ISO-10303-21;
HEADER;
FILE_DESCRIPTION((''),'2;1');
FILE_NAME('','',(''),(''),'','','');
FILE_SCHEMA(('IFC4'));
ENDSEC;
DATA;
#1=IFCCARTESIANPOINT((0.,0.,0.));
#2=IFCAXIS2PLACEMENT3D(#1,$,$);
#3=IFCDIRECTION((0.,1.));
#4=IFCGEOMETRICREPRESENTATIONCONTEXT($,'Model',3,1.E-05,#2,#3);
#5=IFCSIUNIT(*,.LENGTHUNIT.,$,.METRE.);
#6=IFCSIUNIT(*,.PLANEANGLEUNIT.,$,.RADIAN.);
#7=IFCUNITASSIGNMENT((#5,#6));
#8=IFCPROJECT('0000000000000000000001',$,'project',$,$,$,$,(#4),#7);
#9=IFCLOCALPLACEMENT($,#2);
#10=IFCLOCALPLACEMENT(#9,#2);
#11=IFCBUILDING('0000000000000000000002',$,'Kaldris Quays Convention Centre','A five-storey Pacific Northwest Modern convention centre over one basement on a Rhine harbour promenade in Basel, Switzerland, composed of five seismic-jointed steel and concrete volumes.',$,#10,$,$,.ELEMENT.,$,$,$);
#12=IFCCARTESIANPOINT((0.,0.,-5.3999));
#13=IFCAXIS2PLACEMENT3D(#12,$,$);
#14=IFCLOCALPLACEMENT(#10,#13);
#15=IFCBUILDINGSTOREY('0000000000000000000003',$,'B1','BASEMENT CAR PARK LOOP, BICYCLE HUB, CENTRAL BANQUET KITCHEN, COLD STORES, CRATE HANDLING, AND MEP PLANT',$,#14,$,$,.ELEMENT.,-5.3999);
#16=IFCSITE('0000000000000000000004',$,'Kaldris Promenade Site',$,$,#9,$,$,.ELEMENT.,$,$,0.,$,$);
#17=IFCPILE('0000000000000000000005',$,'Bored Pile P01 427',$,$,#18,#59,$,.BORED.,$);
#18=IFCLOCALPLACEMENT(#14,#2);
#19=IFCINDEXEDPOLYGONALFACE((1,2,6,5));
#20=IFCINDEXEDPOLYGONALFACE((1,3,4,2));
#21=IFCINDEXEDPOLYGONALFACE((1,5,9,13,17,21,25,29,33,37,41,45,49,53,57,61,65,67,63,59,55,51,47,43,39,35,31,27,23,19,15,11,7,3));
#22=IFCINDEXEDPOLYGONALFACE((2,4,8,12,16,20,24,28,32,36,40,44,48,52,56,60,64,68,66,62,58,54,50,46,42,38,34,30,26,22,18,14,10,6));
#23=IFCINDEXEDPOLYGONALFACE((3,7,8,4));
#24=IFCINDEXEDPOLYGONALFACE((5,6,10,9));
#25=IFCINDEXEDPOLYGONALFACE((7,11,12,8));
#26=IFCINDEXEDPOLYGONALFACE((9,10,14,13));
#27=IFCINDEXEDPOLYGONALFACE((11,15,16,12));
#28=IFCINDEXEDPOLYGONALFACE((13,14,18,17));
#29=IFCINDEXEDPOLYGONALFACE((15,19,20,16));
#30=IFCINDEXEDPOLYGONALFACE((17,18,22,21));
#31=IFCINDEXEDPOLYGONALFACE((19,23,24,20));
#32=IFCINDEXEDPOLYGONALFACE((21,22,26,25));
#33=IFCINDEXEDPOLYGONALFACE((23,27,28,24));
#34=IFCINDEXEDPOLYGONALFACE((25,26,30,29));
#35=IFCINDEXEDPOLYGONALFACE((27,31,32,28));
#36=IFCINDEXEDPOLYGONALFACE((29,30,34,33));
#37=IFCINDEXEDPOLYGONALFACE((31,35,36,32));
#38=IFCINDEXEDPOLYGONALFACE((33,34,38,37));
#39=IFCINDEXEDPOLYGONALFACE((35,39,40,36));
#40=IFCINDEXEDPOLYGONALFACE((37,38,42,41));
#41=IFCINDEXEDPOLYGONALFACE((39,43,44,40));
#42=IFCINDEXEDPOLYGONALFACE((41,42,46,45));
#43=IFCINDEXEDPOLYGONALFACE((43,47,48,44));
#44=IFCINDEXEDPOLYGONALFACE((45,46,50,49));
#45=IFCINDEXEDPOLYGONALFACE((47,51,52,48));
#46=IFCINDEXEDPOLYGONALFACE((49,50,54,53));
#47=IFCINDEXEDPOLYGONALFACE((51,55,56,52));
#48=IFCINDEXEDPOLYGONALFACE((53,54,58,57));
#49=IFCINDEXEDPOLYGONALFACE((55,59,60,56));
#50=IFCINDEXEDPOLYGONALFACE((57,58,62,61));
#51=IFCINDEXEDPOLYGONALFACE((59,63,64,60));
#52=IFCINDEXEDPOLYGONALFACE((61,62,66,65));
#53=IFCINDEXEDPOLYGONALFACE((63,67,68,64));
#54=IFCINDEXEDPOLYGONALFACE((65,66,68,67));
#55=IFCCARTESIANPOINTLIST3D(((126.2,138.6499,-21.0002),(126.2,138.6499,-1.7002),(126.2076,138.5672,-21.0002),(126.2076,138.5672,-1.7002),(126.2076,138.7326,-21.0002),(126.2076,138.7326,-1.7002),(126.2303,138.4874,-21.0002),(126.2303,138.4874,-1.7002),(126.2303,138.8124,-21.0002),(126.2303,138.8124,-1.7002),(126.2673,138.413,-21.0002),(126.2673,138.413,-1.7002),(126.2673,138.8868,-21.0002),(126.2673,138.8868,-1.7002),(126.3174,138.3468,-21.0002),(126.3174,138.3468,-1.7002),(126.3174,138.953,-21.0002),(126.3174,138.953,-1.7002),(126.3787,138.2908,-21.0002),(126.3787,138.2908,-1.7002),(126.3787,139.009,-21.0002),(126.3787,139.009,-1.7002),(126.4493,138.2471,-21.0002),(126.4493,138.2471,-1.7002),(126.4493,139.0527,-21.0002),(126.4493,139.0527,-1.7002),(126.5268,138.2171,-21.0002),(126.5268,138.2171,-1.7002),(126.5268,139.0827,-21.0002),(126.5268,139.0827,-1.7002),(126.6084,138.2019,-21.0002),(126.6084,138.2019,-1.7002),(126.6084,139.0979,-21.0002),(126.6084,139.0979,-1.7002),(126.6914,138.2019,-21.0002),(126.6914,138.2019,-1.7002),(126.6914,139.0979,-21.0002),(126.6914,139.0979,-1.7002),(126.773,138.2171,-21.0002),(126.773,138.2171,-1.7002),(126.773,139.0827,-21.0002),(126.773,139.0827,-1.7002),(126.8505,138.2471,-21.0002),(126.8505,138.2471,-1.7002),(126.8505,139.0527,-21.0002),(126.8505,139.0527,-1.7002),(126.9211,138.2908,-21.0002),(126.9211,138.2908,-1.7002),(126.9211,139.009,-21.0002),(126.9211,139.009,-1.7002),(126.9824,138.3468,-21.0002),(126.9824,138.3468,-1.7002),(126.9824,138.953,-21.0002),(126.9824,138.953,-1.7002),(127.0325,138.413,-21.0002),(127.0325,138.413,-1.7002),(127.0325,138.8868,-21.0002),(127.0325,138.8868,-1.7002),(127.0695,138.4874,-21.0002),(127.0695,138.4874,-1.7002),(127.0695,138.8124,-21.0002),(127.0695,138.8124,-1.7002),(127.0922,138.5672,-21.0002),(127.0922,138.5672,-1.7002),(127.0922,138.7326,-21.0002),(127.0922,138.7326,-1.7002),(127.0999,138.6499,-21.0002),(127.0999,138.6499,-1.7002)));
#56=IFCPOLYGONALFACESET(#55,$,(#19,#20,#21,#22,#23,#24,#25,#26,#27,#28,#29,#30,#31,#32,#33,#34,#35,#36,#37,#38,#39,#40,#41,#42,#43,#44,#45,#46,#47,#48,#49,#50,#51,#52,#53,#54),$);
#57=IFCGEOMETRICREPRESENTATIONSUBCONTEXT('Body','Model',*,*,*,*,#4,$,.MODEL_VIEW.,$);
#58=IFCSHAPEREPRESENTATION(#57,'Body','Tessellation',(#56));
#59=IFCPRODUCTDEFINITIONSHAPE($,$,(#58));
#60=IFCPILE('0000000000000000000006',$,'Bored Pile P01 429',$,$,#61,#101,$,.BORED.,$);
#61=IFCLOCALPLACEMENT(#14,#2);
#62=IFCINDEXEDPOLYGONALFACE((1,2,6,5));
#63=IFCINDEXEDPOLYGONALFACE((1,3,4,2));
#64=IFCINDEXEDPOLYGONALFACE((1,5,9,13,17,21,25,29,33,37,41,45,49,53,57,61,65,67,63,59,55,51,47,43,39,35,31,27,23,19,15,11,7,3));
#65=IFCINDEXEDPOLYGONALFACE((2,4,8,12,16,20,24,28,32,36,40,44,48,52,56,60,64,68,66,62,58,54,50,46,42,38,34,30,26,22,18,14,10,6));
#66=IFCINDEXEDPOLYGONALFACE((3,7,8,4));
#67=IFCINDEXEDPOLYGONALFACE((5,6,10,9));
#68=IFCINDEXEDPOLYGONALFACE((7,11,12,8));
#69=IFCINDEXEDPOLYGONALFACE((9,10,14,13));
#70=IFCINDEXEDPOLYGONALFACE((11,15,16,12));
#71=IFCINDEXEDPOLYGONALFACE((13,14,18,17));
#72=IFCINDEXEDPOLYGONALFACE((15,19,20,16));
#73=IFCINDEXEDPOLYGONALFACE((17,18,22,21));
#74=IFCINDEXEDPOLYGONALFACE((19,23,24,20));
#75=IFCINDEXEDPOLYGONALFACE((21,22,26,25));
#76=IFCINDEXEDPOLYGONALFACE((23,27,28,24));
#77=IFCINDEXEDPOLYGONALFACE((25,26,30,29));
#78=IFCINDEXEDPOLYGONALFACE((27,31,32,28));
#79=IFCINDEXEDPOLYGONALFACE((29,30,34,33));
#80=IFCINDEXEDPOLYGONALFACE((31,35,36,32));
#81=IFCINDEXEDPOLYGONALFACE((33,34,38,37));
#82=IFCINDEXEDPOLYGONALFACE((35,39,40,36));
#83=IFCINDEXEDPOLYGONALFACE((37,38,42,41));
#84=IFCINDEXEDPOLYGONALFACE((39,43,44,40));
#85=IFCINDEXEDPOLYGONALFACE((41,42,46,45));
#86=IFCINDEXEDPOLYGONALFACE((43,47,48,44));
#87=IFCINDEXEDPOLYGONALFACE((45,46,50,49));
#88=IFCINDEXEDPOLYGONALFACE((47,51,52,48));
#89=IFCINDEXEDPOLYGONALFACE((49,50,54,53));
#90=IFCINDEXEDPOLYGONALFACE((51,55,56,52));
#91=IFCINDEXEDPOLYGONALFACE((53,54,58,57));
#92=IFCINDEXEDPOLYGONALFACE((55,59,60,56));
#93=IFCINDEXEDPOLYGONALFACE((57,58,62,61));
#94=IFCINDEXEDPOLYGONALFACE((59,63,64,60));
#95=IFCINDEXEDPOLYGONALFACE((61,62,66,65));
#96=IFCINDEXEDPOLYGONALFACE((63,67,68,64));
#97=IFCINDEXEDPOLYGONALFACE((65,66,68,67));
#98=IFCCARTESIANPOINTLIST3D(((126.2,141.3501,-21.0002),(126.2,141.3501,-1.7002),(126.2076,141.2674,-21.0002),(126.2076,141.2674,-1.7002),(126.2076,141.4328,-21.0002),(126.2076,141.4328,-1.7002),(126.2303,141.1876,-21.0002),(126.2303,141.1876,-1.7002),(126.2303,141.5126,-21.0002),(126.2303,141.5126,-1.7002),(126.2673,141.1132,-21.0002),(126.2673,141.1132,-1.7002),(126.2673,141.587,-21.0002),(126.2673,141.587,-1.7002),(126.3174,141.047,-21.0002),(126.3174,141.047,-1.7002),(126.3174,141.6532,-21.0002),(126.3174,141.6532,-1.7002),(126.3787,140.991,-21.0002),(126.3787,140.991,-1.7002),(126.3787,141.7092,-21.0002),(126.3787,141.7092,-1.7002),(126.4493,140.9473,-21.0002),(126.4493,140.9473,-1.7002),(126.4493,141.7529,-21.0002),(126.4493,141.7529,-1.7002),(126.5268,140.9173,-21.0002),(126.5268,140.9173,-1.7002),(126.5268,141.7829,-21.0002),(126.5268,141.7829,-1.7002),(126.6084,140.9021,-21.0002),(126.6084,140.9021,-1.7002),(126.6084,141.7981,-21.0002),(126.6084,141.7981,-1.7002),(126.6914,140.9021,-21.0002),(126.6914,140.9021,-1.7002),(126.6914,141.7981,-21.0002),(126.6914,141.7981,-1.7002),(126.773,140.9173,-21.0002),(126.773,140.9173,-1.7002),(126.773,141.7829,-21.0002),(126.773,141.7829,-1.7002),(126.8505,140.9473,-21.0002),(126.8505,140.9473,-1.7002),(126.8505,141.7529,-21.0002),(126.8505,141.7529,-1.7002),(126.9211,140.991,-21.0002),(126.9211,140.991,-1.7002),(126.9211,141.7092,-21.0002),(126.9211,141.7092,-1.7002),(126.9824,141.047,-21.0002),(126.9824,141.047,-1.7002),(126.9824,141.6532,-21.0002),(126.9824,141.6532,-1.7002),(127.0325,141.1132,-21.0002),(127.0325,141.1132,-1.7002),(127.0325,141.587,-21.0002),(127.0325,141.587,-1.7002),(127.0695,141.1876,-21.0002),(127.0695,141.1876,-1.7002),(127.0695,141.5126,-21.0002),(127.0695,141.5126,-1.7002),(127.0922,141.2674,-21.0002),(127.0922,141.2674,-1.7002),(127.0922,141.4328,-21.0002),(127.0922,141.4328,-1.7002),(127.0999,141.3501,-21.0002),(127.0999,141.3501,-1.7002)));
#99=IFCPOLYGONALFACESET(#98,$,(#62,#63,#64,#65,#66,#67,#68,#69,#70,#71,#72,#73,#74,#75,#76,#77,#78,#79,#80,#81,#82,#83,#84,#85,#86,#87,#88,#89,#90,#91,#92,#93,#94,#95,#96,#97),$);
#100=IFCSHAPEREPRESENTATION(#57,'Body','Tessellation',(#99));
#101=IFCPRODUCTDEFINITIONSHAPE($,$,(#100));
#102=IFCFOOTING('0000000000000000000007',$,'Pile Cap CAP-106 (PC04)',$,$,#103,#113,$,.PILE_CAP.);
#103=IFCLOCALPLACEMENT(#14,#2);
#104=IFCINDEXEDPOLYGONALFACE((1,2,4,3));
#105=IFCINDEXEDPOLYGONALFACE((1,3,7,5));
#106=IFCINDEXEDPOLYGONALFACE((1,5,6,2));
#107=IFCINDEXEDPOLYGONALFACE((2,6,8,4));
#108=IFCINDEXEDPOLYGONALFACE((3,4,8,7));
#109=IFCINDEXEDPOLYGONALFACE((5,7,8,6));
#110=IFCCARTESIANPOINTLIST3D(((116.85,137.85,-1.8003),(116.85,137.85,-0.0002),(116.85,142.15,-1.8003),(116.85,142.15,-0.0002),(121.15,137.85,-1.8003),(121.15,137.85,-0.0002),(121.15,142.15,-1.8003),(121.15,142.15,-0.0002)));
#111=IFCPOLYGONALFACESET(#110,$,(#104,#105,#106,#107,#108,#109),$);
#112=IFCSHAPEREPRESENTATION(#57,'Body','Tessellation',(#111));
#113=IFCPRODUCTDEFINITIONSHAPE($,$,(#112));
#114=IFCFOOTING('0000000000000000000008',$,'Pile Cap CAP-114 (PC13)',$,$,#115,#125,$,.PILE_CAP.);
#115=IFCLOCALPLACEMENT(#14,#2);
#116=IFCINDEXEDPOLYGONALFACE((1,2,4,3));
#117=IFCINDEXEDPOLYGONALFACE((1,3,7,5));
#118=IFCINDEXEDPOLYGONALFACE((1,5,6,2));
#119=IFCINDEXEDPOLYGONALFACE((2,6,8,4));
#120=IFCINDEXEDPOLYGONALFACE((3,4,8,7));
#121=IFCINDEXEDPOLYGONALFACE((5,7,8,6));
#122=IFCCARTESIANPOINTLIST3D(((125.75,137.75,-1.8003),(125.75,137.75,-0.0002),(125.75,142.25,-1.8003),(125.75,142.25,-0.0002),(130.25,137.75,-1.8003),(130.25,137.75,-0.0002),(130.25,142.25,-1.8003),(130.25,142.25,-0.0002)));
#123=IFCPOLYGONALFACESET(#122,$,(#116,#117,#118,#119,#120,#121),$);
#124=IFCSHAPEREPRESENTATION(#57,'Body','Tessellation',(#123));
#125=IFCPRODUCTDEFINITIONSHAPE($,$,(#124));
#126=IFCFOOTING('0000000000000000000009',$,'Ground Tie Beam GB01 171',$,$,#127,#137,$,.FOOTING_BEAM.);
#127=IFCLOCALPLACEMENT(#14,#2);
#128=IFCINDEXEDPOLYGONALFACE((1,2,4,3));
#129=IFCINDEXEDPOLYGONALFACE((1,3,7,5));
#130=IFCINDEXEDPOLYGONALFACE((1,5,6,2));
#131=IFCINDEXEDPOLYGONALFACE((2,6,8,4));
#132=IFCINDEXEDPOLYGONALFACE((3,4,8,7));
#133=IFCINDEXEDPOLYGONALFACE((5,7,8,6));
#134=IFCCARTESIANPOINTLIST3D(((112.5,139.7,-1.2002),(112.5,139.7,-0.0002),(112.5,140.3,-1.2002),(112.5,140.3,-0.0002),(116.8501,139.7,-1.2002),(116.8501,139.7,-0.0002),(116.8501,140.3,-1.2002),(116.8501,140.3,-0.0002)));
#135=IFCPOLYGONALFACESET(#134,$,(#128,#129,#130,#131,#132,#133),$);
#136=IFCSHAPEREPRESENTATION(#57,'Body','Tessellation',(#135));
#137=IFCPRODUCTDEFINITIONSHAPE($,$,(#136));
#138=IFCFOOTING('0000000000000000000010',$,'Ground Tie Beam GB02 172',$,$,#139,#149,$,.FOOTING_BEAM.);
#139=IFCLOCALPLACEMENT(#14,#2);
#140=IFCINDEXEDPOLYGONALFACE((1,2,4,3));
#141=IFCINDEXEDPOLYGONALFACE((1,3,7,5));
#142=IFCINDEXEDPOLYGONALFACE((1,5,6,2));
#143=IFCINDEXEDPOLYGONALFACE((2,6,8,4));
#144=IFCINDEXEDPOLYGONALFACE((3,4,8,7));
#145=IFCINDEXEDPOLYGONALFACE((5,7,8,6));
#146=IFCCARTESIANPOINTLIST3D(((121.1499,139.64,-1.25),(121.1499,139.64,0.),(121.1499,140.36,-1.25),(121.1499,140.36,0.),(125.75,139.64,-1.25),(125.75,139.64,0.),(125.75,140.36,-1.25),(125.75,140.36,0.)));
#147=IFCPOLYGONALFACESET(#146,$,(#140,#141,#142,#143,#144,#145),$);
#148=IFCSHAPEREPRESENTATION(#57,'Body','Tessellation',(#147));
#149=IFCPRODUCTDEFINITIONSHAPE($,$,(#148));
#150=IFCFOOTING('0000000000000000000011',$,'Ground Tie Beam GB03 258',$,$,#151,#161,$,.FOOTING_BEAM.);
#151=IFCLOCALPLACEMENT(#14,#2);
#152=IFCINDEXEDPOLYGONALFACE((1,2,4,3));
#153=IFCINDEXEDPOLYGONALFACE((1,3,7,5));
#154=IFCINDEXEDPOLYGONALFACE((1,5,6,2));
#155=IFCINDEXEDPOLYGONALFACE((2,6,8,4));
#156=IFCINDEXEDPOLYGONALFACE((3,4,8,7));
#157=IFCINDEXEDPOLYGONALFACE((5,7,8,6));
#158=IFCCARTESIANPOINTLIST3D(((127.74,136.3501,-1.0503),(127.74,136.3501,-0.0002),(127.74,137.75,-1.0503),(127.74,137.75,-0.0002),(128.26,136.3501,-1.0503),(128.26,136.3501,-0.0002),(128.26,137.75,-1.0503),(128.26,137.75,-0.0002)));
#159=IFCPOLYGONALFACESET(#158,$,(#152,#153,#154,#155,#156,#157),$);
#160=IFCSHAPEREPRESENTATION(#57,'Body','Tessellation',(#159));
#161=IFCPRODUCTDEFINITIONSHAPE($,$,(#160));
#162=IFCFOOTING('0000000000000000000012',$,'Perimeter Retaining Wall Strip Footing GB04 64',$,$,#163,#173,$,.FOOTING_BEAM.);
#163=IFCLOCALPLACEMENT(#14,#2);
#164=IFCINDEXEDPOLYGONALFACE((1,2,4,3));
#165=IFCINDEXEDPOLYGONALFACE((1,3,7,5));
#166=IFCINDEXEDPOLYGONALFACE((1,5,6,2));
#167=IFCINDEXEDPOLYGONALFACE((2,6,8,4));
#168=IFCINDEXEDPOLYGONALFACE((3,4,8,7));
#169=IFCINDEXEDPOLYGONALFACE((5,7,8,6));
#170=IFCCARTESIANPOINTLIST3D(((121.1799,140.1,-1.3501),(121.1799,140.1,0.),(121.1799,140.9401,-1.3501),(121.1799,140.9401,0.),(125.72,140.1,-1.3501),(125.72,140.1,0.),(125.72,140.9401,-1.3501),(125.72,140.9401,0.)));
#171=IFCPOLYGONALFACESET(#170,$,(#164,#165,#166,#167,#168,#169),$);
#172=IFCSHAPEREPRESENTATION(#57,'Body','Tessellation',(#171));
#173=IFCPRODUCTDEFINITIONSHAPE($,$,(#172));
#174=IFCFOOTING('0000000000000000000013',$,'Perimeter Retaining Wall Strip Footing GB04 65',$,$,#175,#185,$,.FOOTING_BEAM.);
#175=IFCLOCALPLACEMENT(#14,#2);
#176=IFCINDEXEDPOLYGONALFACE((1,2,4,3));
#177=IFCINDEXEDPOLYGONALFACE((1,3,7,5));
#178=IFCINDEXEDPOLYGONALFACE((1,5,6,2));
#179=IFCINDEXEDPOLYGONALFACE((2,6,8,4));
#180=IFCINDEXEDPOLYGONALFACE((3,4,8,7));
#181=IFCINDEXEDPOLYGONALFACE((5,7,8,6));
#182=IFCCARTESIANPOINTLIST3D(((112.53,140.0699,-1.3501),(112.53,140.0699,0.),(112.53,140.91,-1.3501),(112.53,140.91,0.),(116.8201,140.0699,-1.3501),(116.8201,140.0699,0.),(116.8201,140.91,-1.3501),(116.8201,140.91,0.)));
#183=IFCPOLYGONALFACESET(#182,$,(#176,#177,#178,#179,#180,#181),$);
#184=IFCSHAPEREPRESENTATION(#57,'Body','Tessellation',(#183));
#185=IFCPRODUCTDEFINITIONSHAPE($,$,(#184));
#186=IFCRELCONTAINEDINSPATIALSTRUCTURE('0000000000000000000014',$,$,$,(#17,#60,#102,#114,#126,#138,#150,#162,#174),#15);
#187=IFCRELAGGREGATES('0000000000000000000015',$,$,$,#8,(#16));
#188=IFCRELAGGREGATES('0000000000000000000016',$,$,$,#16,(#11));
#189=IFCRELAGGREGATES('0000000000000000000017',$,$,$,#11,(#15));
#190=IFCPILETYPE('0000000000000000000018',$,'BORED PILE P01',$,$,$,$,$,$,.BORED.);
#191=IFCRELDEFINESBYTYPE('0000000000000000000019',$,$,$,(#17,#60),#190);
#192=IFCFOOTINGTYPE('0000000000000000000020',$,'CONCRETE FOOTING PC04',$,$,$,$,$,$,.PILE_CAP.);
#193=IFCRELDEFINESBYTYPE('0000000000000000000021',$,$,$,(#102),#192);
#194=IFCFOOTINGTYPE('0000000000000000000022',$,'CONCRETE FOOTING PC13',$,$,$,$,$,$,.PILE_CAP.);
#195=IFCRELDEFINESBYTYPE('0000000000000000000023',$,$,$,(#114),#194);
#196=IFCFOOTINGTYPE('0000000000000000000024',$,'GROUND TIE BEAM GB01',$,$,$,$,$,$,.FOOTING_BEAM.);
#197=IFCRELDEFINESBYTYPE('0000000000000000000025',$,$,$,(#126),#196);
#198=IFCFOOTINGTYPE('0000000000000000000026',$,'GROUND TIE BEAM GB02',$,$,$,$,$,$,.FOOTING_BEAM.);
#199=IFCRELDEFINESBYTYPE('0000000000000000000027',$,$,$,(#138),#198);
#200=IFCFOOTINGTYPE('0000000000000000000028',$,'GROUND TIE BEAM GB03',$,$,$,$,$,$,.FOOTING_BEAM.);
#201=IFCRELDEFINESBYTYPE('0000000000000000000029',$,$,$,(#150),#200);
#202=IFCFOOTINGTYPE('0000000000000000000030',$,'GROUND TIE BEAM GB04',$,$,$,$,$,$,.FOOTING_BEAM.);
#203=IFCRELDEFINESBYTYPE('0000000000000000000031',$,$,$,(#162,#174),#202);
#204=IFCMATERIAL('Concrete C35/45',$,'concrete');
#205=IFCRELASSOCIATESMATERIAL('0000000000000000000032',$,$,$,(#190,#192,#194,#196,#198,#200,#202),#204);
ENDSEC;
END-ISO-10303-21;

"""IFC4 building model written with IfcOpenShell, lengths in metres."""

from ifc_helpers import new_model, si_unit, direction, frame, origin, origin_2d, place, context, subcontext, project, spatial, rectangle, circle, extrude, material, material_profile, profile_set, type_object, element, save


model = new_model("IFC4")

# Units and contexts
model_context = context("Model", 3, precision=1e-05, world=origin(), true_north=direction((0.0, 1.0)))
body_context = subcontext(model_context, "Body", "Model", "MODEL_VIEW")
ifc_project = project(units=[si_unit("LENGTHUNIT", "METRE"), si_unit("PLANEANGLEUNIT", "RADIAN")], contexts=[model_context])

# Site, building, storey
site_placement = place(None, origin())
site = spatial("IfcSite", under=ifc_project, at=site_placement, Name="Kaldris Promenade Site", CompositionType="ELEMENT", RefElevation=0.0)
building_placement = place(site_placement, origin())
building = spatial("IfcBuilding", under=site, at=building_placement, Name="Kaldris Quays Convention Centre", Description="A five-storey Pacific Northwest Modern convention centre over one basement on a Rhine harbour promenade in Basel, Switzerland, composed of five seismic-jointed steel and concrete volumes.", CompositionType="ELEMENT")
storey_placement = place(building_placement, frame((0.0, 0.0, -5.3999)))
storey = spatial("IfcBuildingStorey", under=building, at=storey_placement, Name="B1", Description="BASEMENT CAR PARK LOOP, BICYCLE HUB, CENTRAL BANQUET KITCHEN, COLD STORES, CRATE HANDLING, AND MEP PLANT", CompositionType="ELEMENT", Elevation=-5.3999)

# Piles
ifc_material_1 = material(Name="Concrete C35/45", Category="concrete")
ifc_material_profile_1 = material_profile(ifc_material_1, circle(Radius=0.45, at=origin_2d()), Name="BORED PILE D900")
ifc_profile_set_1 = profile_set([ifc_material_profile_1], Name="Concrete C35/45")
pile_type = type_object("IfcPileType", Name="BORED PILE P01", PredefinedType="BORED", material=ifc_profile_set_1)
for number, where, z_axis, x_axis, name in (
    (1, (126.6499, 138.6499, -1.7002), (0.0, 0.0, -1.0), (1.0, 0.0, 0.0), "Bored Pile P01 427"),
    (2, (126.6499, 141.3501, -1.7002), (0.0, 0.0, -1.0), (1.0, 0.0, 0.0), "Bored Pile P01 429"),
):
    element("IfcPile", number, at=place(storey_placement, frame(where, z_axis=z_axis, x_axis=x_axis)), inside=storey, type_object=pile_type, Name=name, PredefinedType="BORED", context=body_context, shape_type="SweptSolid", body=[
        extrude(circle(Radius=0.45, at=origin_2d()), origin(), (0.0, 0.0, 1.0), 19.3),
    ])

# Footings
footing_type_1 = type_object("IfcFootingType", Name="CONCRETE FOOTING PC04", PredefinedType="PILE_CAP", material=ifc_material_1)
footing_1_placement = place(storey_placement, frame((119.0, 140.0, -1.8003), z_axis=(0.0, 0.0, 1.0), x_axis=(1.0, 0.0, 0.0)))
element("IfcFooting", 3, at=footing_1_placement, inside=storey, type_object=footing_type_1, Name="Pile Cap CAP-106 (PC04)", PredefinedType="PILE_CAP", context=body_context, shape_type="SweptSolid", body=[
    extrude(rectangle(XDim=4.3, YDim=4.3, at=origin_2d()), origin(), (0.0, 0.0, 1.0), 1.8),
])
footing_type_2 = type_object("IfcFootingType", Name="CONCRETE FOOTING PC13", PredefinedType="PILE_CAP", material=ifc_material_1)
footing_2_placement = place(storey_placement, frame((128.0, 140.0, -1.8003), z_axis=(0.0, 0.0, 1.0), x_axis=(1.0, 0.0, 0.0)))
element("IfcFooting", 4, at=footing_2_placement, inside=storey, type_object=footing_type_2, Name="Pile Cap CAP-114 (PC13)", PredefinedType="PILE_CAP", context=body_context, shape_type="SweptSolid", body=[
    extrude(rectangle(XDim=4.5, YDim=4.5, at=origin_2d()), origin(), (0.0, 0.0, 1.0), 1.8),
])
footing_type_3 = type_object("IfcFootingType", Name="GROUND TIE BEAM GB01", PredefinedType="FOOTING_BEAM", material=ifc_material_1)
footing_3_placement = place(storey_placement, frame((114.675, 140.0, -1.2002), z_axis=(0.0, 0.0, 1.0), x_axis=(1.0, 0.0, 0.0)))
element("IfcFooting", 5, at=footing_3_placement, inside=storey, type_object=footing_type_3, Name="Ground Tie Beam GB01 171", PredefinedType="FOOTING_BEAM", context=body_context, shape_type="SweptSolid", body=[
    extrude(rectangle(XDim=4.3501, YDim=0.6001, at=origin_2d()), origin(), (0.0, 0.0, 1.0), 1.2),
])
footing_type_4 = type_object("IfcFootingType", Name="GROUND TIE BEAM GB02", PredefinedType="FOOTING_BEAM", material=ifc_material_1)
footing_4_placement = place(storey_placement, frame((123.45, 140.0, -1.25), z_axis=(0.0, 0.0, 1.0), x_axis=(1.0, 0.0, 0.0)))
element("IfcFooting", 6, at=footing_4_placement, inside=storey, type_object=footing_type_4, Name="Ground Tie Beam GB02 172", PredefinedType="FOOTING_BEAM", context=body_context, shape_type="SweptSolid", body=[
    extrude(rectangle(XDim=4.6001, YDim=0.72, at=origin_2d()), origin(), (0.0, 0.0, 1.0), 1.25),
])
footing_type_5 = type_object("IfcFootingType", Name="GROUND TIE BEAM GB03", PredefinedType="FOOTING_BEAM", material=ifc_material_1)
footing_5_placement = place(storey_placement, frame((128.0, 137.05, -1.0503), z_axis=(0.0, 0.0, 1.0), x_axis=(1.0, 0.0, 0.0)))
element("IfcFooting", 7, at=footing_5_placement, inside=storey, type_object=footing_type_5, Name="Ground Tie Beam GB03 258", PredefinedType="FOOTING_BEAM", context=body_context, shape_type="SweptSolid", body=[
    extrude(rectangle(XDim=0.52, YDim=1.3999, at=origin_2d()), origin(), (0.0, 0.0, 1.0), 1.05),
])
footing_type_6 = type_object("IfcFootingType", Name="GROUND TIE BEAM GB04", PredefinedType="FOOTING_BEAM", material=ifc_material_1)
footing_6_placement = place(storey_placement, frame((123.45, 140.52, -1.3501), z_axis=(0.0, 0.0, 1.0), x_axis=(1.0, 0.0, 0.0)))
element("IfcFooting", 8, at=footing_6_placement, inside=storey, type_object=footing_type_6, Name="Perimeter Retaining Wall Strip Footing GB04 64", PredefinedType="FOOTING_BEAM", context=body_context, shape_type="SweptSolid", body=[
    extrude(rectangle(XDim=4.54, YDim=0.8401, at=origin_2d()), origin(), (0.0, 0.0, 1.0), 1.3501),
])
footing_7_placement = place(storey_placement, frame((114.675, 140.49, -1.3501), z_axis=(0.0, 0.0, 1.0), x_axis=(1.0, 0.0, 0.0)))
element("IfcFooting", 9, at=footing_7_placement, inside=storey, type_object=footing_type_6, Name="Perimeter Retaining Wall Strip Footing GB04 65", PredefinedType="FOOTING_BEAM", context=body_context, shape_type="SweptSolid", body=[
    extrude(rectangle(XDim=4.29, YDim=0.8401, at=origin_2d()), origin(), (0.0, 0.0, 1.0), 1.3501),
])

save(model, "model.ifc")
